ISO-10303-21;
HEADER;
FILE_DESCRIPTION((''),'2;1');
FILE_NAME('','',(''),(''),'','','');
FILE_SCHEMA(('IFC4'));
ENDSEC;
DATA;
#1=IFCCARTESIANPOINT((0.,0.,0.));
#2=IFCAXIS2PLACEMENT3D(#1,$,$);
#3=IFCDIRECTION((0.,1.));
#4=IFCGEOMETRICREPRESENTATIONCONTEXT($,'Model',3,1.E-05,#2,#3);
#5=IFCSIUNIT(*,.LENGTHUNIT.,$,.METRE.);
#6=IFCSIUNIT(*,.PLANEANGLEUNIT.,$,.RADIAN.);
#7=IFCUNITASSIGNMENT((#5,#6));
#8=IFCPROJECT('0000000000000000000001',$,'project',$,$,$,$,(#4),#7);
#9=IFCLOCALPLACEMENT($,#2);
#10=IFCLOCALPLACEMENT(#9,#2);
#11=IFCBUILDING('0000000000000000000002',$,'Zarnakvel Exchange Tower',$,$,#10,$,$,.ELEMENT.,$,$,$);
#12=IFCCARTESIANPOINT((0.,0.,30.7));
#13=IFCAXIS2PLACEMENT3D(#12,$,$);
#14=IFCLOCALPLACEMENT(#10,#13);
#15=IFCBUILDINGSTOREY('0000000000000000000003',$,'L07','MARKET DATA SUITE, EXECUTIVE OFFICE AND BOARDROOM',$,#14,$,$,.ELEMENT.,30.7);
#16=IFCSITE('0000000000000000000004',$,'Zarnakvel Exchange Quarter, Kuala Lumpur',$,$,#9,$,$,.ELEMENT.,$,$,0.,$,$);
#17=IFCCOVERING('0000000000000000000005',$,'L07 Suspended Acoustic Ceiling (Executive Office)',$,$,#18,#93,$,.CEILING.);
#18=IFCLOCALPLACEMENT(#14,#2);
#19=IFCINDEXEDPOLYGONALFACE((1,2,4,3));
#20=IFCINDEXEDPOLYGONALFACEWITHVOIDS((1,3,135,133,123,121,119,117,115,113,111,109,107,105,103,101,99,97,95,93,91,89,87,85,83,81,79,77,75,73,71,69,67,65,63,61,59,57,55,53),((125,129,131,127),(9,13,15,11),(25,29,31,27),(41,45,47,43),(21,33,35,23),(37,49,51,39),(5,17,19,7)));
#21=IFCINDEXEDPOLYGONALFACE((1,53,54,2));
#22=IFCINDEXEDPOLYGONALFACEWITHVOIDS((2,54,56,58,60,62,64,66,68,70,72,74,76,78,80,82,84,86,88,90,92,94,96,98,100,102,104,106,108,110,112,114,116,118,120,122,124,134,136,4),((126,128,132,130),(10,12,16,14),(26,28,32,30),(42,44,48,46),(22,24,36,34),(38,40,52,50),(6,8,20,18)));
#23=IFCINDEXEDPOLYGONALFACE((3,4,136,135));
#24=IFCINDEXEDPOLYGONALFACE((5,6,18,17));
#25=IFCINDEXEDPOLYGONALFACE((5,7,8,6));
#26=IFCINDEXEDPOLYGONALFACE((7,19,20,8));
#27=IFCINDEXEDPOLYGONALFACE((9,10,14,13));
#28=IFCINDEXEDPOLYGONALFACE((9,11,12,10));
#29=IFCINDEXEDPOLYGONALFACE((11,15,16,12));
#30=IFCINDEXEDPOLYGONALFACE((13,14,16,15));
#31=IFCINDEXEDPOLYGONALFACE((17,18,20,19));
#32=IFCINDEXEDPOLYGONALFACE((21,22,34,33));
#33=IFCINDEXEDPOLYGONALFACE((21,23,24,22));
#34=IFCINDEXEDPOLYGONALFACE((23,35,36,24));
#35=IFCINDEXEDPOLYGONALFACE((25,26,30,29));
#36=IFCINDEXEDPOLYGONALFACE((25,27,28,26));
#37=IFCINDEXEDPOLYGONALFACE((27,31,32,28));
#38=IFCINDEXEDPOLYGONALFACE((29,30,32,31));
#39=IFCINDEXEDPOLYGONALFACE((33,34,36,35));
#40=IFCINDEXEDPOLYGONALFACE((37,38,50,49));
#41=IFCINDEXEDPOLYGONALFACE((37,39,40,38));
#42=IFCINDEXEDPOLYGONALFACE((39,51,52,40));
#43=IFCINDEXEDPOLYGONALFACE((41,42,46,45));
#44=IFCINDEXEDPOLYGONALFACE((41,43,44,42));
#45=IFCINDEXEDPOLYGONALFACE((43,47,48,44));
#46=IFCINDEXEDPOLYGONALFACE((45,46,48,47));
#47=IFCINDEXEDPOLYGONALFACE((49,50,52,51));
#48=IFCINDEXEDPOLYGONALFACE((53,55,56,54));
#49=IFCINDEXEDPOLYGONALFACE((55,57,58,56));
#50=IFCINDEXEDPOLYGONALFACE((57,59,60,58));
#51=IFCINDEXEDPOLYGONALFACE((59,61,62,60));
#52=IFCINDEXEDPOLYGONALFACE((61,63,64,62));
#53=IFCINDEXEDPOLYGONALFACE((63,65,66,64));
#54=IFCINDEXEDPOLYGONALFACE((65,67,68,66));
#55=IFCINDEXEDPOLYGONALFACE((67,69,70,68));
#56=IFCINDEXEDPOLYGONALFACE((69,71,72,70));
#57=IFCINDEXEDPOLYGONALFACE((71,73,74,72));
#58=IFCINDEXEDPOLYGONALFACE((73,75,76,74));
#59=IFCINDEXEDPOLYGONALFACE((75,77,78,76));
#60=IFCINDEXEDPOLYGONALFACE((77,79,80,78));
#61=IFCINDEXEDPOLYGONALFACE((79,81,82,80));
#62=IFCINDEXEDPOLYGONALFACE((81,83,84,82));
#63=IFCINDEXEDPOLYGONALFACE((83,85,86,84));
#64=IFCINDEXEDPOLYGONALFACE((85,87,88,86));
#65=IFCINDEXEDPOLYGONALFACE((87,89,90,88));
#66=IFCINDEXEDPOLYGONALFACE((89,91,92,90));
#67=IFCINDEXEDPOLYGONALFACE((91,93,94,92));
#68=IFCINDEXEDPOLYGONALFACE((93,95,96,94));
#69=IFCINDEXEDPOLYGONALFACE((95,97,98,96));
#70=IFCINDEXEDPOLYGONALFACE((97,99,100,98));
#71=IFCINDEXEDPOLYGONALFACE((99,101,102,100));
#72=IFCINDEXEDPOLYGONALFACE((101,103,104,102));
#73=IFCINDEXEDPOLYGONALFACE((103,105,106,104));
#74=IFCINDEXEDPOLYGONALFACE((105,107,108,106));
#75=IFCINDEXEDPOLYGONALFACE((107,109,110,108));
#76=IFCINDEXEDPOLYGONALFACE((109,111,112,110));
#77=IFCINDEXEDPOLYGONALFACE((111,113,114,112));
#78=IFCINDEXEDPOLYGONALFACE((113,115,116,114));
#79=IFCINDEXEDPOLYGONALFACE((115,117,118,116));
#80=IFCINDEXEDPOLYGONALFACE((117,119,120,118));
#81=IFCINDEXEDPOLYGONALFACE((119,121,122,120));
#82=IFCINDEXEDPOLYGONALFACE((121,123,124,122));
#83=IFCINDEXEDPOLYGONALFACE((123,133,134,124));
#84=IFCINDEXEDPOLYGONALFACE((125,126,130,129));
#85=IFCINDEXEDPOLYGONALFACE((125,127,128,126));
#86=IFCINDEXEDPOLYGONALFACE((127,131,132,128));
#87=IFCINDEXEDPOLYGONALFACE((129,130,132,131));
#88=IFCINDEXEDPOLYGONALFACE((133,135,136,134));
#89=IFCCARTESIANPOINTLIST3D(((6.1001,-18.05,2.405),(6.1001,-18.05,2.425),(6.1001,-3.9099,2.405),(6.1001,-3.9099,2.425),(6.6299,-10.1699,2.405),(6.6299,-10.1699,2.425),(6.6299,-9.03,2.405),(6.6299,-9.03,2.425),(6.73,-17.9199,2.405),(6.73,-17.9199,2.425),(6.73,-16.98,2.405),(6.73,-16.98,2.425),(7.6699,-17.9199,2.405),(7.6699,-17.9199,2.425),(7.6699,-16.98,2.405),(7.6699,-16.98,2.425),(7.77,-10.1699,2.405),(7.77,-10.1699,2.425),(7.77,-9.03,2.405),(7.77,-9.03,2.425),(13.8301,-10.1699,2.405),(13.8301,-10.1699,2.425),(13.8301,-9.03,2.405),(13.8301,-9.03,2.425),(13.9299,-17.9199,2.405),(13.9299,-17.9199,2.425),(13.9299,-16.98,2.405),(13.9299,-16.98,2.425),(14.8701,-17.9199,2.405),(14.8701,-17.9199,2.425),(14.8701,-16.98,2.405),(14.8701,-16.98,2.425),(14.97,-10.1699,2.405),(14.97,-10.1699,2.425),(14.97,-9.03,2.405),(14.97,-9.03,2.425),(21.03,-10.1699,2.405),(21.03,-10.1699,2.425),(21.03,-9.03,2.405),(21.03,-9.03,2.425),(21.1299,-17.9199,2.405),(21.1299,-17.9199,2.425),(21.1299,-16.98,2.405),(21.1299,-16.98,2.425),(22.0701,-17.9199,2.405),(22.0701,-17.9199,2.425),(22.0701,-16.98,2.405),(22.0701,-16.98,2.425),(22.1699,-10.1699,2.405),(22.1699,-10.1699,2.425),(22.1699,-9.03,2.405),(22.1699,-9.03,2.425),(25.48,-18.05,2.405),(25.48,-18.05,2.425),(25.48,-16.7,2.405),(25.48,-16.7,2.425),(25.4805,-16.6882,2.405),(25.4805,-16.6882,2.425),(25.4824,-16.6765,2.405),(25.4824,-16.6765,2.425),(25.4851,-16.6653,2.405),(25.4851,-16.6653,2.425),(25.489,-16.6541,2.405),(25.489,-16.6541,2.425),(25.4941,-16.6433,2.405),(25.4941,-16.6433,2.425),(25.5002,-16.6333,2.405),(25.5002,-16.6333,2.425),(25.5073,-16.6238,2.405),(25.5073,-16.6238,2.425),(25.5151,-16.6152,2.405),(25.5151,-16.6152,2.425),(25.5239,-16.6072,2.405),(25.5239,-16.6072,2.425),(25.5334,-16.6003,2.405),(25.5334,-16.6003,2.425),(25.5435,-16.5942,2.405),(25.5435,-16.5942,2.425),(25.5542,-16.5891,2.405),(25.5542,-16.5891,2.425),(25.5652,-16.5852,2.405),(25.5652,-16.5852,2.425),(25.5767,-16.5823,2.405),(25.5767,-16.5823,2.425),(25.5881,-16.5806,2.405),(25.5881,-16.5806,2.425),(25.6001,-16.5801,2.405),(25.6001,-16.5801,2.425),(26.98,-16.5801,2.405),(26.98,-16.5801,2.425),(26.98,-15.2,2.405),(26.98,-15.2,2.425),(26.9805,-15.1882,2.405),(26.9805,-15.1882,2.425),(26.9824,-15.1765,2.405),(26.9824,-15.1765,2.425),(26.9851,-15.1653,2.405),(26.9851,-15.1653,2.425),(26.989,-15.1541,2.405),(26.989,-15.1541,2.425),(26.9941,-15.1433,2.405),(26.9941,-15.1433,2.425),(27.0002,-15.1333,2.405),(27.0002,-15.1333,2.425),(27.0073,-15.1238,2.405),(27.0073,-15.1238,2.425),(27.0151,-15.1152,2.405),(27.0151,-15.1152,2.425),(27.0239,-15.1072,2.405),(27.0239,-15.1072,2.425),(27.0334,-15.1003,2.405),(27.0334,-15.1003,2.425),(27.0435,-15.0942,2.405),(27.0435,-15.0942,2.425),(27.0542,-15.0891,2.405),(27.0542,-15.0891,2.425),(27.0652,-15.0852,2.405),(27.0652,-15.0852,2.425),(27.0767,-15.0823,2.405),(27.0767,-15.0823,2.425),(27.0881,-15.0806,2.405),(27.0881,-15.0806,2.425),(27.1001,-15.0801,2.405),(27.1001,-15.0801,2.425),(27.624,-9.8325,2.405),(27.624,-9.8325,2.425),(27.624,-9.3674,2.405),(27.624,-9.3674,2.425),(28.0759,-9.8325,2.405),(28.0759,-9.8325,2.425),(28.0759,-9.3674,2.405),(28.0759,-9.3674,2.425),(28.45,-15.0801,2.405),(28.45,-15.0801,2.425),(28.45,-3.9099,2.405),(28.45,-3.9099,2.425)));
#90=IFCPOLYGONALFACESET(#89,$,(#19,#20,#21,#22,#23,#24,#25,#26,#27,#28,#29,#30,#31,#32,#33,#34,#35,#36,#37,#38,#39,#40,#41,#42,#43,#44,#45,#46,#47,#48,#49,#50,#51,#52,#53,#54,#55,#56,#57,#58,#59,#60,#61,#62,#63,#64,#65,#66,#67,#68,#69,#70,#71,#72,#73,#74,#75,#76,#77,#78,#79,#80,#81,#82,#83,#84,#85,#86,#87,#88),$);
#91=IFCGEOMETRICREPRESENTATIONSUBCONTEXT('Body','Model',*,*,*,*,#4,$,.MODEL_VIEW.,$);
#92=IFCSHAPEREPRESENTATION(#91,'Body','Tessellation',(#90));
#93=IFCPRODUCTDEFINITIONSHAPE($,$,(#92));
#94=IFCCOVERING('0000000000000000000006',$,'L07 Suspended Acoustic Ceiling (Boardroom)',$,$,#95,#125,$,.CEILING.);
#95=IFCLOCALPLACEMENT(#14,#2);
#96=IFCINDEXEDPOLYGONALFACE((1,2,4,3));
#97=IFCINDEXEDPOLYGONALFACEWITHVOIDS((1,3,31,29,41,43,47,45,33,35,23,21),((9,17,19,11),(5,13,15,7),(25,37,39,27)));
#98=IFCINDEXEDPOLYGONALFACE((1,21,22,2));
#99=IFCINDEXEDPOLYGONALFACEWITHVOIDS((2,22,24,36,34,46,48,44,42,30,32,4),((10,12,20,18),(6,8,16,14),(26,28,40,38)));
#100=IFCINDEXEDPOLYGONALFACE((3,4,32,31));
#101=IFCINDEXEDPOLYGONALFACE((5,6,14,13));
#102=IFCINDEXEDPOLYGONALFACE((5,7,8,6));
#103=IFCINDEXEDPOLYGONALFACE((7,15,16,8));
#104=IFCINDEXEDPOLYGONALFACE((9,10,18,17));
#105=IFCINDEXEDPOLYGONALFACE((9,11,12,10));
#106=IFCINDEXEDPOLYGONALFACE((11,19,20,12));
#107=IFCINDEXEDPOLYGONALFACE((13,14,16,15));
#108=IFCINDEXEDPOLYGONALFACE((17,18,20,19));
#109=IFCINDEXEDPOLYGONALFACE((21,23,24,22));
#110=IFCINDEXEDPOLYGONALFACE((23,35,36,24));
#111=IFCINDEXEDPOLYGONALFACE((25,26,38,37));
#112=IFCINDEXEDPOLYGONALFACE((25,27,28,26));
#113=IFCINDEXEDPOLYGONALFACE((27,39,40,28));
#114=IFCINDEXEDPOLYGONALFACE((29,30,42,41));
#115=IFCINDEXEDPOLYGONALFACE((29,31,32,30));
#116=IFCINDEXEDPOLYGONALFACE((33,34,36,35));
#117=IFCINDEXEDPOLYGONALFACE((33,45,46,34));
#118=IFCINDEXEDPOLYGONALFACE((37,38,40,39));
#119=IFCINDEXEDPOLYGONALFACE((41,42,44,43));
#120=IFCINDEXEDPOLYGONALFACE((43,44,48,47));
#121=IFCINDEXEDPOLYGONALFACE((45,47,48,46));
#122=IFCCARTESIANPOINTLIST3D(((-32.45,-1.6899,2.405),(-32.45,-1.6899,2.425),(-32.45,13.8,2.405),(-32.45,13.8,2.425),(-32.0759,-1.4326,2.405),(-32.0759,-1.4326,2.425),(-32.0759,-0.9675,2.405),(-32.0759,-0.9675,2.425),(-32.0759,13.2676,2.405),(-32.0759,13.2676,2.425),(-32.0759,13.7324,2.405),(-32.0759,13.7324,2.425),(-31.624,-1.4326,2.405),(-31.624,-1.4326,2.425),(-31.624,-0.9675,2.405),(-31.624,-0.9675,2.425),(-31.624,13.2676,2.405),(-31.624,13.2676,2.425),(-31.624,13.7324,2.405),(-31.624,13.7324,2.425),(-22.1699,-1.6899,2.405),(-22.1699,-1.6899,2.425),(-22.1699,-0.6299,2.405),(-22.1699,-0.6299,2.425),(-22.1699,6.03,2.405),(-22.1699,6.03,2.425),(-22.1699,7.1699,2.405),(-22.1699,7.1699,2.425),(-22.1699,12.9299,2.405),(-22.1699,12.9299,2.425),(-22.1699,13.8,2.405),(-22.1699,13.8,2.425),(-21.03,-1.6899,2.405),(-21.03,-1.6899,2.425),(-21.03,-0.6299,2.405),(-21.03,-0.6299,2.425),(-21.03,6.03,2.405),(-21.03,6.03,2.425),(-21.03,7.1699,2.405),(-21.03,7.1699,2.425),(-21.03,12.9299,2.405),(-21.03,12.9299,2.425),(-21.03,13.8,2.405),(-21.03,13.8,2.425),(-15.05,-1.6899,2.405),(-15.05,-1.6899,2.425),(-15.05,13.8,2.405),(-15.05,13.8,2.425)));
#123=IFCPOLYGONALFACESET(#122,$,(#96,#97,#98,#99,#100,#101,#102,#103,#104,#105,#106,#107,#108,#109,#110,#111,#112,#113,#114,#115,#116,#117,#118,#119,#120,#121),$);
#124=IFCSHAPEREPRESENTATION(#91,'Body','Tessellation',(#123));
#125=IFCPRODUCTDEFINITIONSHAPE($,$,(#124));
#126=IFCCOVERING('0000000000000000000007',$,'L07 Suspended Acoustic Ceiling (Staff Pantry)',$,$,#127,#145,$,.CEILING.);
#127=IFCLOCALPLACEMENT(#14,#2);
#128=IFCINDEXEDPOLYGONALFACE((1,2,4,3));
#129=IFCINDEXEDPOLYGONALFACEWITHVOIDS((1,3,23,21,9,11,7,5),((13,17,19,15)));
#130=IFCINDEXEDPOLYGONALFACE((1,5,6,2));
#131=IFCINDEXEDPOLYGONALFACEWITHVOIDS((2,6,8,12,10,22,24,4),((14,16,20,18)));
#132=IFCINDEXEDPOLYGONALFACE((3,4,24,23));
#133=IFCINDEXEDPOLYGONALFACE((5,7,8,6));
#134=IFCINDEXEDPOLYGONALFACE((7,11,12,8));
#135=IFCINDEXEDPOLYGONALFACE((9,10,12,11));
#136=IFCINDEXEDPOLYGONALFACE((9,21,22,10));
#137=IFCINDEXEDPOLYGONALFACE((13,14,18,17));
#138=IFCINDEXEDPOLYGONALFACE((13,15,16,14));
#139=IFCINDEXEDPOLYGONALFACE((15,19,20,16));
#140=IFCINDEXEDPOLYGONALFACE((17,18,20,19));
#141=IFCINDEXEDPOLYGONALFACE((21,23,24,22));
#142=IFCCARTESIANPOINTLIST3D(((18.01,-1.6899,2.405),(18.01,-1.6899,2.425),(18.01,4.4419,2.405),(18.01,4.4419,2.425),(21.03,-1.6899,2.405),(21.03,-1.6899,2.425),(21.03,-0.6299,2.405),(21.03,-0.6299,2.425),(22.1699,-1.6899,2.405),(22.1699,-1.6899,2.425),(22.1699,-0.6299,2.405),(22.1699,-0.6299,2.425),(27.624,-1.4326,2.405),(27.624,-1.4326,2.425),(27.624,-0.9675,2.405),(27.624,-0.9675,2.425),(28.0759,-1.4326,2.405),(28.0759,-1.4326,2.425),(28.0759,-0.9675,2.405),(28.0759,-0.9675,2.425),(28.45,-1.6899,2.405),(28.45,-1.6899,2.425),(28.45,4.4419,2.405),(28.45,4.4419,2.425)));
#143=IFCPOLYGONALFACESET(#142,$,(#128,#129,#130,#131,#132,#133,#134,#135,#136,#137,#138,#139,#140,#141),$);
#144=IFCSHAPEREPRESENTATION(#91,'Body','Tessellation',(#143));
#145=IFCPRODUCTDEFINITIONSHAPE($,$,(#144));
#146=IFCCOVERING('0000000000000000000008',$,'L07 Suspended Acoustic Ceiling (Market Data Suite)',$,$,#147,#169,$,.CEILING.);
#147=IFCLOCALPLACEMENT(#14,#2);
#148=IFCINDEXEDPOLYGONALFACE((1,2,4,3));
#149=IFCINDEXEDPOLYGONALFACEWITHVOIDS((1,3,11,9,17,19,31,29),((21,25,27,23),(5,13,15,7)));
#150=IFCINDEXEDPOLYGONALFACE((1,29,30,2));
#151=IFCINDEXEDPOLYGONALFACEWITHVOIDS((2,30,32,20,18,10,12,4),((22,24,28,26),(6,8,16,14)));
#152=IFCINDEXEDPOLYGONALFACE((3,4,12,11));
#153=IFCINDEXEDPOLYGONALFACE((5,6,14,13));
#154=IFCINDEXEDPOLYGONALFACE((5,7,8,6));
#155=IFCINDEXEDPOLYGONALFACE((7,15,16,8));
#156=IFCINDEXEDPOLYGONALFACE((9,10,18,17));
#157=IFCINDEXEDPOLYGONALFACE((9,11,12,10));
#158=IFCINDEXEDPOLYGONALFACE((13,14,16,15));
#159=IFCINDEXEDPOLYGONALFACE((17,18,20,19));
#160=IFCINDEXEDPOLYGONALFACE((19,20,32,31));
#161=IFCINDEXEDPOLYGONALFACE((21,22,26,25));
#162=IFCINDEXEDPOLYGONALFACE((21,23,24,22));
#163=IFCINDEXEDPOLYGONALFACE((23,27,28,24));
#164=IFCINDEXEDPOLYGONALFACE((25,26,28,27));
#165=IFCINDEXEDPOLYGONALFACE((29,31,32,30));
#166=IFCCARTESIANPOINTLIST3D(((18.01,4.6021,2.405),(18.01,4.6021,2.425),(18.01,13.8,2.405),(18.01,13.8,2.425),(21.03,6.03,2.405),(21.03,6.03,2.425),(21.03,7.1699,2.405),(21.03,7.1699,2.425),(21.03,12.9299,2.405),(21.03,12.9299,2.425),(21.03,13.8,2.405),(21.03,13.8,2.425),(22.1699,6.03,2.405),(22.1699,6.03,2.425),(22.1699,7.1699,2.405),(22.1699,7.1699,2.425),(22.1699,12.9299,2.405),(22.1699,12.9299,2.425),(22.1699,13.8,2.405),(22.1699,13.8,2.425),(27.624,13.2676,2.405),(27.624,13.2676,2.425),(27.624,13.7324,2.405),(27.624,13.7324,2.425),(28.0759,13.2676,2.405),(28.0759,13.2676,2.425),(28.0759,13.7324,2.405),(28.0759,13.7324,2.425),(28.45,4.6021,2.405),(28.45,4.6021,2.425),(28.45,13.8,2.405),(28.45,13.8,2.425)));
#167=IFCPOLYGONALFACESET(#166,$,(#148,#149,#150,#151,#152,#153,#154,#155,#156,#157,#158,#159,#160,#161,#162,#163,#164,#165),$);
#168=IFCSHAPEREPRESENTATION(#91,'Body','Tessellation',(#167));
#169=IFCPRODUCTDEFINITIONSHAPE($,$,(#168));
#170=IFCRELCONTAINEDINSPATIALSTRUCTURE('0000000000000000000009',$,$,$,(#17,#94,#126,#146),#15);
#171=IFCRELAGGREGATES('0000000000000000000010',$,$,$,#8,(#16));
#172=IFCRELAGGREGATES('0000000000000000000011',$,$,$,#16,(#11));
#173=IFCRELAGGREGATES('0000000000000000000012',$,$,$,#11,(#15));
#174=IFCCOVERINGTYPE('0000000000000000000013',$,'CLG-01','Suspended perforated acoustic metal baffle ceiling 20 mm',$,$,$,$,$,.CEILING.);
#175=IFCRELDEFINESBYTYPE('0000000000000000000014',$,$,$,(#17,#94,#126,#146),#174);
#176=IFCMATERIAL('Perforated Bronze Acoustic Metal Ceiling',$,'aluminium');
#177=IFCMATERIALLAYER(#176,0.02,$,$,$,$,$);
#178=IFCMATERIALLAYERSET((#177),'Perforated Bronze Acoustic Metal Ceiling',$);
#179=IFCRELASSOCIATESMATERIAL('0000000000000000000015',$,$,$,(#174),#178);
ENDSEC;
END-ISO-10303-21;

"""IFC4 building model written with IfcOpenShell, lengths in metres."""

from ifc_helpers import new_model, si_unit, direction, frame, origin, place, context, subcontext, project, spatial, polyline, outline, extrude, material, layer, layer_set, type_object, element, save


model = new_model("IFC4")

# Units and contexts
model_context = context("Model", 3, precision=1e-05, world=origin(), true_north=direction((0.0, 1.0)))
body_context = subcontext(model_context, "Body", "Model", "MODEL_VIEW")
ifc_project = project(units=[si_unit("LENGTHUNIT", "METRE"), si_unit("PLANEANGLEUNIT", "RADIAN")], contexts=[model_context])

# Site, building, storey
site_placement = place(None, origin())
site = spatial("IfcSite", under=ifc_project, at=site_placement, Name="Zarnakvel Exchange Quarter, Kuala Lumpur", CompositionType="ELEMENT", RefElevation=0.0)
building_placement = place(site_placement, origin())
building = spatial("IfcBuilding", under=site, at=building_placement, Name="Zarnakvel Exchange Tower", CompositionType="ELEMENT")
storey_placement = place(building_placement, frame((0.0, 0.0, 30.7)))
storey = spatial("IfcBuildingStorey", under=building, at=storey_placement, Name="L07", Description="MARKET DATA SUITE, EXECUTIVE OFFICE AND BOARDROOM", CompositionType="ELEMENT", Elevation=30.7)

# Coverings
ifc_material_1 = material(Name="Perforated Bronze Acoustic Metal Ceiling", Category="aluminium")
ifc_layer_1 = layer(ifc_material_1, 0.02)
ifc_layer_set_1 = layer_set([ifc_layer_1], Name="Perforated Bronze Acoustic Metal Ceiling")
covering_type_1 = type_object("IfcCoveringType", Name="CLG-01", Description="Suspended perforated acoustic metal baffle ceiling 20 mm", PredefinedType="CEILING", material=ifc_layer_set_1)
covering_1_placement = place(storey_placement, frame((0.0, 0.0, 2.405)))
element("IfcCovering", 1, at=covering_1_placement, inside=storey, type_object=covering_type_1, Name="L07 Suspended Acoustic Ceiling (Executive Office)", PredefinedType="CEILING", context=body_context, shape_type="SweptSolid", body=[
    extrude(outline(polyline([(6.1001, -3.9099), (28.45, -3.9099), (28.45, -15.0801), (27.1001, -15.0801), (27.0881, -15.0806), (27.0767, -15.0823), (27.0652, -15.0852), (27.0542, -15.0891), (27.0435, -15.0942), (27.0334, -15.1003), (27.0239, -15.1072), (27.0151, -15.1152), (27.0073, -15.1238), (27.0002, -15.1333), (26.9941, -15.1433), (26.989, -15.1541), (26.9851, -15.1653), (26.9824, -15.1765), (26.9805, -15.1882), (26.98, -15.2), (26.98, -16.5801), (25.6001, -16.5801), (25.5881, -16.5806), (25.5767, -16.5823), (25.5652, -16.5852), (25.5542, -16.5891), (25.5435, -16.5942), (25.5334, -16.6003), (25.5239, -16.6072), (25.5151, -16.6152), (25.5073, -16.6238), (25.5002, -16.6333), (25.4941, -16.6433), (25.489, -16.6541), (25.4851, -16.6653), (25.4824, -16.6765), (25.4805, -16.6882), (25.48, -16.7), (25.48, -18.05), (6.1001, -18.05), (6.1001, -3.9099)]), holes=[polyline([(28.0759, -9.8325), (28.0759, -9.3674), (27.624, -9.3674), (27.624, -9.8325), (28.0759, -9.8325)]), polyline([(22.1699, -10.1699), (22.1699, -9.03), (21.03, -9.03), (21.03, -10.1699), (22.1699, -10.1699)]), polyline([(22.0701, -17.9199), (22.0701, -16.98), (21.1299, -16.98), (21.1299, -17.9199), (22.0701, -17.9199)]), polyline([(13.8301, -10.1699), (14.97, -10.1699), (14.97, -9.03), (13.8301, -9.03), (13.8301, -10.1699)]), polyline([(14.8701, -17.9199), (14.8701, -16.98), (13.9299, -16.98), (13.9299, -17.9199), (14.8701, -17.9199)]), polyline([(6.6299, -10.1699), (7.77, -10.1699), (7.77, -9.03), (6.6299, -9.03), (6.6299, -10.1699)]), polyline([(7.6699, -17.9199), (7.6699, -16.98), (6.73, -16.98), (6.73, -17.9199), (7.6699, -17.9199)])]), origin(), (0.0, 0.0, 1.0), 0.02),
])
covering_2_placement = place(storey_placement, frame((0.0, 0.0, 2.405)))
element("IfcCovering", 2, at=covering_2_placement, inside=storey, type_object=covering_type_1, Name="L07 Suspended Acoustic Ceiling (Boardroom)", PredefinedType="CEILING", context=body_context, shape_type="SweptSolid", body=[
    extrude(outline(polyline([(-32.45, 13.8), (-22.1699, 13.8), (-22.1699, 12.9299), (-21.03, 12.9299), (-21.03, 13.8), (-15.05, 13.8), (-15.05, -1.6899), (-21.03, -1.6899), (-21.03, -0.6299), (-22.1699, -0.6299), (-22.1699, -1.6899), (-32.45, -1.6899), (-32.45, 13.8)]), holes=[polyline([(-21.03, 6.03), (-21.03, 7.1699), (-22.1699, 7.1699), (-22.1699, 6.03), (-21.03, 6.03)]), polyline([(-31.624, 13.2676), (-31.624, 13.7324), (-32.0759, 13.7324), (-32.0759, 13.2676), (-31.624, 13.2676)]), polyline([(-31.624, -1.4326), (-31.624, -0.9675), (-32.0759, -0.9675), (-32.0759, -1.4326), (-31.624, -1.4326)])]), origin(), (0.0, 0.0, 1.0), 0.02),
])
covering_3_placement = place(storey_placement, frame((0.0, 0.0, 2.405)))
element("IfcCovering", 3, at=covering_3_placement, inside=storey, type_object=covering_type_1, Name="L07 Suspended Acoustic Ceiling (Staff Pantry)", PredefinedType="CEILING", context=body_context, shape_type="SweptSolid", body=[
    extrude(outline(polyline([(18.01, 4.4419), (28.45, 4.4419), (28.45, -1.6899), (22.1699, -1.6899), (22.1699, -0.6299), (21.03, -0.6299), (21.03, -1.6899), (18.01, -1.6899), (18.01, 4.4419)]), holes=[polyline([(27.624, -1.4326), (28.0759, -1.4326), (28.0759, -0.9675), (27.624, -0.9675), (27.624, -1.4326)])]), origin(), (0.0, 0.0, 1.0), 0.02),
])
covering_4_placement = place(storey_placement, frame((0.0, 0.0, 2.405)))
element("IfcCovering", 4, at=covering_4_placement, inside=storey, type_object=covering_type_1, Name="L07 Suspended Acoustic Ceiling (Market Data Suite)", PredefinedType="CEILING", context=body_context, shape_type="SweptSolid", body=[
    extrude(outline(polyline([(18.01, 13.8), (21.03, 13.8), (21.03, 12.9299), (22.1699, 12.9299), (22.1699, 13.8), (28.45, 13.8), (28.45, 4.6021), (18.01, 4.6021), (18.01, 13.8)]), holes=[polyline([(27.624, 13.2676), (28.0759, 13.2676), (28.0759, 13.7324), (27.624, 13.7324), (27.624, 13.2676)]), polyline([(22.1699, 6.03), (22.1699, 7.1699), (21.03, 7.1699), (21.03, 6.03), (22.1699, 6.03)])]), origin(), (0.0, 0.0, 1.0), 0.02),
])

save(model, "model.ifc")
